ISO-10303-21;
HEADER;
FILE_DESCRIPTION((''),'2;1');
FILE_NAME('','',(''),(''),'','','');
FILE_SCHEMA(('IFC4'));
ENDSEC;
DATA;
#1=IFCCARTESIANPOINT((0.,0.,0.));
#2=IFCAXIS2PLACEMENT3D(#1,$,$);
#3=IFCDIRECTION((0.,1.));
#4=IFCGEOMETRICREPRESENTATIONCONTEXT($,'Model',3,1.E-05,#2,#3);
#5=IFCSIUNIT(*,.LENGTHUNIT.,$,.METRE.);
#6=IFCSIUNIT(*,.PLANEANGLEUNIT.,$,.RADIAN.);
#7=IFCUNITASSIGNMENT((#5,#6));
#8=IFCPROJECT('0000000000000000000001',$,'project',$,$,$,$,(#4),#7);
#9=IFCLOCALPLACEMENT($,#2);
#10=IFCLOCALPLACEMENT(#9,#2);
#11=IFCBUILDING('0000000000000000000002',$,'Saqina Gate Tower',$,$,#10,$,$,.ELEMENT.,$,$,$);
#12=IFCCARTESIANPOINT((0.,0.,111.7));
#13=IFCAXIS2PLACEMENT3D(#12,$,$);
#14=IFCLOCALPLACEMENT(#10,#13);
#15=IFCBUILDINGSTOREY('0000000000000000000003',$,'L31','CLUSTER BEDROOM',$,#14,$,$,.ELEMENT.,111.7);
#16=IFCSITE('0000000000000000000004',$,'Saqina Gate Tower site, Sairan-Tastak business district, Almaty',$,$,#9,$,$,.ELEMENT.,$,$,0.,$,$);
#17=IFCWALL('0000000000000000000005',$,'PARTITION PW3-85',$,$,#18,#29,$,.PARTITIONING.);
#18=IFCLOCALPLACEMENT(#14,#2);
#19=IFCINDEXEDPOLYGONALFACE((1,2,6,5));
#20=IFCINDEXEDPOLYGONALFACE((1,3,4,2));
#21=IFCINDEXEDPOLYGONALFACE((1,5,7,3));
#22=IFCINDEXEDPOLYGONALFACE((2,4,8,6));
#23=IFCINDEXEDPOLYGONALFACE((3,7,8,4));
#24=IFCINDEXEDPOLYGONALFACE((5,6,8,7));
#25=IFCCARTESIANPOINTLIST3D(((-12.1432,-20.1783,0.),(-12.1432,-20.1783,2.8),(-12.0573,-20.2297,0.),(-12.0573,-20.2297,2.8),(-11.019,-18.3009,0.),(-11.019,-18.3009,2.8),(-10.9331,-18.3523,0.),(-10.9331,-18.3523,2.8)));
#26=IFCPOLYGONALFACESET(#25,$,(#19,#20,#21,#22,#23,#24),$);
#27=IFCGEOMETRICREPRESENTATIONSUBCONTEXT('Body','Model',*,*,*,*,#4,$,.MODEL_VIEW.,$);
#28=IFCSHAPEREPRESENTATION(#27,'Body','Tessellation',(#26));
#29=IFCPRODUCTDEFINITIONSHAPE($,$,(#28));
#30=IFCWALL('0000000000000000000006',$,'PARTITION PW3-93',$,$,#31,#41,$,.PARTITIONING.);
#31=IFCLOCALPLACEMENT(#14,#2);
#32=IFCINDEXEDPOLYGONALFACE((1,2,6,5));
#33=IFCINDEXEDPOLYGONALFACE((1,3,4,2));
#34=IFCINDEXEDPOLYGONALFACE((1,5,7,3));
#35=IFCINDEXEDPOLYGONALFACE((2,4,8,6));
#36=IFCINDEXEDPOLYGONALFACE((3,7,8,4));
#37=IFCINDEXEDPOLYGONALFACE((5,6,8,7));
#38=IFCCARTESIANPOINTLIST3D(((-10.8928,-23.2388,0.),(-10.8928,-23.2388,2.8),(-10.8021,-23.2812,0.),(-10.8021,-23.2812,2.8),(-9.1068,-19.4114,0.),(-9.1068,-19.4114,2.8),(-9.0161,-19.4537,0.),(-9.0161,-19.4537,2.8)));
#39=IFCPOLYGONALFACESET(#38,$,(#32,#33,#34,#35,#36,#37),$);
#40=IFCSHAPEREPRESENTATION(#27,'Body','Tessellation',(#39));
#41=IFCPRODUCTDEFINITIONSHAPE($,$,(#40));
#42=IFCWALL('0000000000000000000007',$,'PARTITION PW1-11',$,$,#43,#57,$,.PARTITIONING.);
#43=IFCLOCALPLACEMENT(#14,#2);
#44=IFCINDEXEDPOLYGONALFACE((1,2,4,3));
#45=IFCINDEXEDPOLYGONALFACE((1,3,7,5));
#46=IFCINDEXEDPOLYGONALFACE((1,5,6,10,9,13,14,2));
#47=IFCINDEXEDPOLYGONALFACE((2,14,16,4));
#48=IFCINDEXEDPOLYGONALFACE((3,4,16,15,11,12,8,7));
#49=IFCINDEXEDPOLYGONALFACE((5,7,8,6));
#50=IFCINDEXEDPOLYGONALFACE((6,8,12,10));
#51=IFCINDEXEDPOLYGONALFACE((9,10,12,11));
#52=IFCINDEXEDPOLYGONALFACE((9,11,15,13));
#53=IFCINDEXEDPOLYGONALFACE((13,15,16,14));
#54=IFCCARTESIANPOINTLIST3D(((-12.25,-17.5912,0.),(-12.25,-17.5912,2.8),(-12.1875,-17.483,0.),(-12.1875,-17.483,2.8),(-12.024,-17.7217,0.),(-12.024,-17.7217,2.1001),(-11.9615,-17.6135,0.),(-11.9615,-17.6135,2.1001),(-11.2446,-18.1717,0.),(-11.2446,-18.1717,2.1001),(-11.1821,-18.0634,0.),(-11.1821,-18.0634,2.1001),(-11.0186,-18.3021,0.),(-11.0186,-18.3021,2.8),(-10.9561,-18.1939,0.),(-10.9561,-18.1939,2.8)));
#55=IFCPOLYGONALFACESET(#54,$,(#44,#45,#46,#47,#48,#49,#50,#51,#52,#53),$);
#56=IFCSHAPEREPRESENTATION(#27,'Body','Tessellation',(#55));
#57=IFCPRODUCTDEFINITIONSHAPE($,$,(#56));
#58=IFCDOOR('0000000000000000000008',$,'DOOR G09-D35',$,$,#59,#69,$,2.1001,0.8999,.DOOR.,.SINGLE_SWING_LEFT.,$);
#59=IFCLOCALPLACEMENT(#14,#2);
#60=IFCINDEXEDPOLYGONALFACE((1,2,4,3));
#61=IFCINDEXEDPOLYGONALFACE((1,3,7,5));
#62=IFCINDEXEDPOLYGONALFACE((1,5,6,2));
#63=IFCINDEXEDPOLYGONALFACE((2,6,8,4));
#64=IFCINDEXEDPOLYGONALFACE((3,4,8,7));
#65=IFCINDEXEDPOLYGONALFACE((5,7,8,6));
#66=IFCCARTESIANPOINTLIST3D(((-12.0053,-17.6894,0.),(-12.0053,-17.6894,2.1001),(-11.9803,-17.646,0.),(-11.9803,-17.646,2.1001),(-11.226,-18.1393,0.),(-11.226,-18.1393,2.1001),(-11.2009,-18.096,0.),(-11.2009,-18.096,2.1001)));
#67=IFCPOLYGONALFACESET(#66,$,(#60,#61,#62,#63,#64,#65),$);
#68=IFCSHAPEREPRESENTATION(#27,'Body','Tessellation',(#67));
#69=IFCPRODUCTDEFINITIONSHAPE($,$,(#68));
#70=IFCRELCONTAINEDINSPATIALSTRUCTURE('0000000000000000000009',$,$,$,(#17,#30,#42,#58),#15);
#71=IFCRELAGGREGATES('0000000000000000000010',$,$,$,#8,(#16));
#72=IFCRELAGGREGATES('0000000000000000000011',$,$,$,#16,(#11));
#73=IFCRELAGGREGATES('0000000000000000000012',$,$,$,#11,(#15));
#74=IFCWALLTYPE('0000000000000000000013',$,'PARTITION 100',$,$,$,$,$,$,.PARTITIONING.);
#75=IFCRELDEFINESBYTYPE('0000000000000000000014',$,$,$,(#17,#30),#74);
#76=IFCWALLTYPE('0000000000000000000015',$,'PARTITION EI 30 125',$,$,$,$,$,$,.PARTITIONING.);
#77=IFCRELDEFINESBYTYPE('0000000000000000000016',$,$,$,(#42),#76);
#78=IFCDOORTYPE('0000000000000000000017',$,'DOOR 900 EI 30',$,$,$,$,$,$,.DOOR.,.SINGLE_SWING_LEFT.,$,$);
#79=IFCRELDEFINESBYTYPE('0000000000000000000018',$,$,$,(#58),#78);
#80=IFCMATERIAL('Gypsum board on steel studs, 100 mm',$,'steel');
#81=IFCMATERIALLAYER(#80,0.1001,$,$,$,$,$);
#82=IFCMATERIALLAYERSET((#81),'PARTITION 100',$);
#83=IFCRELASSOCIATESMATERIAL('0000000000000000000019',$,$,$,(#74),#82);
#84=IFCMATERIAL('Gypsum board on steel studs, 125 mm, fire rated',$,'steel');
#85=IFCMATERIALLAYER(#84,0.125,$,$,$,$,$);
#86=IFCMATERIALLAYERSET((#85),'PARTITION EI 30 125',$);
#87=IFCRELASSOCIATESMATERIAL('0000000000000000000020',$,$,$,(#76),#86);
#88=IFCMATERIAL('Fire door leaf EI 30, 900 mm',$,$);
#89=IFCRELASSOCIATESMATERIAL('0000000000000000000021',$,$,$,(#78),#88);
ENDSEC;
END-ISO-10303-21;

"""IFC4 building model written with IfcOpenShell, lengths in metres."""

from ifc_helpers import new_model, si_unit, direction, frame, frame_2d, origin, place, context, subcontext, project, spatial, rectangle, extrude, material, layer, layer_set, type_object, element, fill, save


model = new_model("IFC4")

# Units and contexts
model_context = context("Model", 3, precision=1e-05, world=origin(), true_north=direction((0.0, 1.0)))
body_context = subcontext(model_context, "Body", "Model", "MODEL_VIEW")
ifc_project = project(units=[si_unit("LENGTHUNIT", "METRE"), si_unit("PLANEANGLEUNIT", "RADIAN")], contexts=[model_context])

# Site, building, storey
site_placement = place(None, origin())
site = spatial("IfcSite", under=ifc_project, at=site_placement, Name="Saqina Gate Tower site, Sairan-Tastak business district, Almaty", CompositionType="ELEMENT", RefElevation=0.0)
building_placement = place(site_placement, origin())
building = spatial("IfcBuilding", under=site, at=building_placement, Name="Saqina Gate Tower", CompositionType="ELEMENT")
storey_placement = place(building_placement, frame((0.0, 0.0, 111.7)))
storey = spatial("IfcBuildingStorey", under=building, at=storey_placement, Name="L31", Description="CLUSTER BEDROOM", CompositionType="ELEMENT", Elevation=111.7)

# Shared definitions
ifc_material_1 = material(Name="Gypsum board on steel studs, 100 mm", Category="steel")
ifc_layer_1 = layer(ifc_material_1, 0.1001)
ifc_layer_set_1 = layer_set([ifc_layer_1], Name="PARTITION 100")
wall_type_1 = type_object("IfcWallType", Name="PARTITION 100", PredefinedType="PARTITIONING", material=ifc_layer_set_1)

# Walls
wall_1_placement = place(storey_placement, frame((-12.1003, -20.2041, 0.0), z_axis=(0.0, 0.0, 1.0), x_axis=(0.513757, 0.857936, 0.0)))
element("IfcWall", 1, at=wall_1_placement, inside=storey, type_object=wall_type_1, Name="PARTITION PW3-85", PredefinedType="PARTITIONING", context=body_context, shape_type="SweptSolid", body=[
    extrude(rectangle(XDim=2.1882, YDim=0.1001, at=frame_2d((1.0942, 0.0))), origin(), (0.0, 0.0, 1.0), 2.8),
])
wall_2_placement = place(storey_placement, frame((-10.8474, -23.26, 0.0), z_axis=(0.0, 0.0, 1.0), x_axis=(0.422841, 0.906204, 0.0)))
element("IfcWall", 2, at=wall_2_placement, inside=storey, type_object=wall_type_1, Name="PARTITION PW3-93", PredefinedType="PARTITIONING", context=body_context, shape_type="SweptSolid", body=[
    extrude(rectangle(XDim=4.2236, YDim=0.1001, at=frame_2d((2.1118, 0.0))), origin(), (0.0, 0.0, 1.0), 2.8),
])

# Wall, opening, door
ifc_material_2 = material(Name="Gypsum board on steel studs, 125 mm, fire rated", Category="steel")
ifc_layer_2 = layer(ifc_material_2, 0.125)
ifc_layer_set_2 = layer_set([ifc_layer_2], Name="PARTITION EI 30 125")
wall_type_2 = type_object("IfcWallType", Name="PARTITION EI 30 125", PredefinedType="PARTITIONING", material=ifc_layer_set_2)
wall_3_placement = place(storey_placement, frame((-12.2188, -17.5371, 0.0), z_axis=(0.0, 0.0, 1.0), x_axis=(0.866037, -0.49998, 0.0)))
wall_3 = element("IfcWall", 3, at=wall_3_placement, inside=storey, type_object=wall_type_2, Name="PARTITION PW1-11", PredefinedType="PARTITIONING", context=body_context, shape_type="SweptSolid", body=[
    extrude(rectangle(XDim=1.4219, YDim=0.125, at=frame_2d((0.7109, 0.0))), origin(), (0.0, 0.0, 1.0), 2.8),
])
opening_1_placement = place(wall_3_placement, frame((0.261, 0.0, 0.0)))
opening_1 = element("IfcOpeningElement", 4, at=opening_1_placement, cuts=wall_3, PredefinedType="OPENING", context=body_context, shape_type="SweptSolid", body=[
    extrude(rectangle(XDim=0.8999, YDim=2.1001, at=frame_2d((0.45, 1.05))), frame((0.0, 0.0745, 0.0), z_axis=(0.0, -1.0, 0.0), x_axis=(1.0, 0.0, 0.0)), (0.0, 0.0, 1.0), 0.1489),
])
ifc_material_3 = material(Name="Fire door leaf EI 30, 900 mm")
door_type_1 = type_object("IfcDoorType", Name="DOOR 900 EI 30", OperationType="SINGLE_SWING_LEFT", PredefinedType="DOOR", material=ifc_material_3)
door_1_placement = place(opening_1_placement, origin())
door_1 = element("IfcDoor", 5, at=door_1_placement, inside=storey, type_object=door_type_1, Name="DOOR G09-D35", OperationType="SINGLE_SWING_LEFT", OverallHeight=2.1001, OverallWidth=0.8999, PredefinedType="DOOR", context=body_context, shape_type="SweptSolid", body=[
    extrude(rectangle(XDim=0.8999, YDim=2.1001, at=frame_2d((0.45, 1.05))), frame((0.0, 0.0249, 0.0), z_axis=(0.0, -1.0, 0.0), x_axis=(1.0, 0.0, 0.0)), (0.0, 0.0, 1.0), 0.05),
])
fill(opening_1, door_1)

save(model, "model.ifc")
